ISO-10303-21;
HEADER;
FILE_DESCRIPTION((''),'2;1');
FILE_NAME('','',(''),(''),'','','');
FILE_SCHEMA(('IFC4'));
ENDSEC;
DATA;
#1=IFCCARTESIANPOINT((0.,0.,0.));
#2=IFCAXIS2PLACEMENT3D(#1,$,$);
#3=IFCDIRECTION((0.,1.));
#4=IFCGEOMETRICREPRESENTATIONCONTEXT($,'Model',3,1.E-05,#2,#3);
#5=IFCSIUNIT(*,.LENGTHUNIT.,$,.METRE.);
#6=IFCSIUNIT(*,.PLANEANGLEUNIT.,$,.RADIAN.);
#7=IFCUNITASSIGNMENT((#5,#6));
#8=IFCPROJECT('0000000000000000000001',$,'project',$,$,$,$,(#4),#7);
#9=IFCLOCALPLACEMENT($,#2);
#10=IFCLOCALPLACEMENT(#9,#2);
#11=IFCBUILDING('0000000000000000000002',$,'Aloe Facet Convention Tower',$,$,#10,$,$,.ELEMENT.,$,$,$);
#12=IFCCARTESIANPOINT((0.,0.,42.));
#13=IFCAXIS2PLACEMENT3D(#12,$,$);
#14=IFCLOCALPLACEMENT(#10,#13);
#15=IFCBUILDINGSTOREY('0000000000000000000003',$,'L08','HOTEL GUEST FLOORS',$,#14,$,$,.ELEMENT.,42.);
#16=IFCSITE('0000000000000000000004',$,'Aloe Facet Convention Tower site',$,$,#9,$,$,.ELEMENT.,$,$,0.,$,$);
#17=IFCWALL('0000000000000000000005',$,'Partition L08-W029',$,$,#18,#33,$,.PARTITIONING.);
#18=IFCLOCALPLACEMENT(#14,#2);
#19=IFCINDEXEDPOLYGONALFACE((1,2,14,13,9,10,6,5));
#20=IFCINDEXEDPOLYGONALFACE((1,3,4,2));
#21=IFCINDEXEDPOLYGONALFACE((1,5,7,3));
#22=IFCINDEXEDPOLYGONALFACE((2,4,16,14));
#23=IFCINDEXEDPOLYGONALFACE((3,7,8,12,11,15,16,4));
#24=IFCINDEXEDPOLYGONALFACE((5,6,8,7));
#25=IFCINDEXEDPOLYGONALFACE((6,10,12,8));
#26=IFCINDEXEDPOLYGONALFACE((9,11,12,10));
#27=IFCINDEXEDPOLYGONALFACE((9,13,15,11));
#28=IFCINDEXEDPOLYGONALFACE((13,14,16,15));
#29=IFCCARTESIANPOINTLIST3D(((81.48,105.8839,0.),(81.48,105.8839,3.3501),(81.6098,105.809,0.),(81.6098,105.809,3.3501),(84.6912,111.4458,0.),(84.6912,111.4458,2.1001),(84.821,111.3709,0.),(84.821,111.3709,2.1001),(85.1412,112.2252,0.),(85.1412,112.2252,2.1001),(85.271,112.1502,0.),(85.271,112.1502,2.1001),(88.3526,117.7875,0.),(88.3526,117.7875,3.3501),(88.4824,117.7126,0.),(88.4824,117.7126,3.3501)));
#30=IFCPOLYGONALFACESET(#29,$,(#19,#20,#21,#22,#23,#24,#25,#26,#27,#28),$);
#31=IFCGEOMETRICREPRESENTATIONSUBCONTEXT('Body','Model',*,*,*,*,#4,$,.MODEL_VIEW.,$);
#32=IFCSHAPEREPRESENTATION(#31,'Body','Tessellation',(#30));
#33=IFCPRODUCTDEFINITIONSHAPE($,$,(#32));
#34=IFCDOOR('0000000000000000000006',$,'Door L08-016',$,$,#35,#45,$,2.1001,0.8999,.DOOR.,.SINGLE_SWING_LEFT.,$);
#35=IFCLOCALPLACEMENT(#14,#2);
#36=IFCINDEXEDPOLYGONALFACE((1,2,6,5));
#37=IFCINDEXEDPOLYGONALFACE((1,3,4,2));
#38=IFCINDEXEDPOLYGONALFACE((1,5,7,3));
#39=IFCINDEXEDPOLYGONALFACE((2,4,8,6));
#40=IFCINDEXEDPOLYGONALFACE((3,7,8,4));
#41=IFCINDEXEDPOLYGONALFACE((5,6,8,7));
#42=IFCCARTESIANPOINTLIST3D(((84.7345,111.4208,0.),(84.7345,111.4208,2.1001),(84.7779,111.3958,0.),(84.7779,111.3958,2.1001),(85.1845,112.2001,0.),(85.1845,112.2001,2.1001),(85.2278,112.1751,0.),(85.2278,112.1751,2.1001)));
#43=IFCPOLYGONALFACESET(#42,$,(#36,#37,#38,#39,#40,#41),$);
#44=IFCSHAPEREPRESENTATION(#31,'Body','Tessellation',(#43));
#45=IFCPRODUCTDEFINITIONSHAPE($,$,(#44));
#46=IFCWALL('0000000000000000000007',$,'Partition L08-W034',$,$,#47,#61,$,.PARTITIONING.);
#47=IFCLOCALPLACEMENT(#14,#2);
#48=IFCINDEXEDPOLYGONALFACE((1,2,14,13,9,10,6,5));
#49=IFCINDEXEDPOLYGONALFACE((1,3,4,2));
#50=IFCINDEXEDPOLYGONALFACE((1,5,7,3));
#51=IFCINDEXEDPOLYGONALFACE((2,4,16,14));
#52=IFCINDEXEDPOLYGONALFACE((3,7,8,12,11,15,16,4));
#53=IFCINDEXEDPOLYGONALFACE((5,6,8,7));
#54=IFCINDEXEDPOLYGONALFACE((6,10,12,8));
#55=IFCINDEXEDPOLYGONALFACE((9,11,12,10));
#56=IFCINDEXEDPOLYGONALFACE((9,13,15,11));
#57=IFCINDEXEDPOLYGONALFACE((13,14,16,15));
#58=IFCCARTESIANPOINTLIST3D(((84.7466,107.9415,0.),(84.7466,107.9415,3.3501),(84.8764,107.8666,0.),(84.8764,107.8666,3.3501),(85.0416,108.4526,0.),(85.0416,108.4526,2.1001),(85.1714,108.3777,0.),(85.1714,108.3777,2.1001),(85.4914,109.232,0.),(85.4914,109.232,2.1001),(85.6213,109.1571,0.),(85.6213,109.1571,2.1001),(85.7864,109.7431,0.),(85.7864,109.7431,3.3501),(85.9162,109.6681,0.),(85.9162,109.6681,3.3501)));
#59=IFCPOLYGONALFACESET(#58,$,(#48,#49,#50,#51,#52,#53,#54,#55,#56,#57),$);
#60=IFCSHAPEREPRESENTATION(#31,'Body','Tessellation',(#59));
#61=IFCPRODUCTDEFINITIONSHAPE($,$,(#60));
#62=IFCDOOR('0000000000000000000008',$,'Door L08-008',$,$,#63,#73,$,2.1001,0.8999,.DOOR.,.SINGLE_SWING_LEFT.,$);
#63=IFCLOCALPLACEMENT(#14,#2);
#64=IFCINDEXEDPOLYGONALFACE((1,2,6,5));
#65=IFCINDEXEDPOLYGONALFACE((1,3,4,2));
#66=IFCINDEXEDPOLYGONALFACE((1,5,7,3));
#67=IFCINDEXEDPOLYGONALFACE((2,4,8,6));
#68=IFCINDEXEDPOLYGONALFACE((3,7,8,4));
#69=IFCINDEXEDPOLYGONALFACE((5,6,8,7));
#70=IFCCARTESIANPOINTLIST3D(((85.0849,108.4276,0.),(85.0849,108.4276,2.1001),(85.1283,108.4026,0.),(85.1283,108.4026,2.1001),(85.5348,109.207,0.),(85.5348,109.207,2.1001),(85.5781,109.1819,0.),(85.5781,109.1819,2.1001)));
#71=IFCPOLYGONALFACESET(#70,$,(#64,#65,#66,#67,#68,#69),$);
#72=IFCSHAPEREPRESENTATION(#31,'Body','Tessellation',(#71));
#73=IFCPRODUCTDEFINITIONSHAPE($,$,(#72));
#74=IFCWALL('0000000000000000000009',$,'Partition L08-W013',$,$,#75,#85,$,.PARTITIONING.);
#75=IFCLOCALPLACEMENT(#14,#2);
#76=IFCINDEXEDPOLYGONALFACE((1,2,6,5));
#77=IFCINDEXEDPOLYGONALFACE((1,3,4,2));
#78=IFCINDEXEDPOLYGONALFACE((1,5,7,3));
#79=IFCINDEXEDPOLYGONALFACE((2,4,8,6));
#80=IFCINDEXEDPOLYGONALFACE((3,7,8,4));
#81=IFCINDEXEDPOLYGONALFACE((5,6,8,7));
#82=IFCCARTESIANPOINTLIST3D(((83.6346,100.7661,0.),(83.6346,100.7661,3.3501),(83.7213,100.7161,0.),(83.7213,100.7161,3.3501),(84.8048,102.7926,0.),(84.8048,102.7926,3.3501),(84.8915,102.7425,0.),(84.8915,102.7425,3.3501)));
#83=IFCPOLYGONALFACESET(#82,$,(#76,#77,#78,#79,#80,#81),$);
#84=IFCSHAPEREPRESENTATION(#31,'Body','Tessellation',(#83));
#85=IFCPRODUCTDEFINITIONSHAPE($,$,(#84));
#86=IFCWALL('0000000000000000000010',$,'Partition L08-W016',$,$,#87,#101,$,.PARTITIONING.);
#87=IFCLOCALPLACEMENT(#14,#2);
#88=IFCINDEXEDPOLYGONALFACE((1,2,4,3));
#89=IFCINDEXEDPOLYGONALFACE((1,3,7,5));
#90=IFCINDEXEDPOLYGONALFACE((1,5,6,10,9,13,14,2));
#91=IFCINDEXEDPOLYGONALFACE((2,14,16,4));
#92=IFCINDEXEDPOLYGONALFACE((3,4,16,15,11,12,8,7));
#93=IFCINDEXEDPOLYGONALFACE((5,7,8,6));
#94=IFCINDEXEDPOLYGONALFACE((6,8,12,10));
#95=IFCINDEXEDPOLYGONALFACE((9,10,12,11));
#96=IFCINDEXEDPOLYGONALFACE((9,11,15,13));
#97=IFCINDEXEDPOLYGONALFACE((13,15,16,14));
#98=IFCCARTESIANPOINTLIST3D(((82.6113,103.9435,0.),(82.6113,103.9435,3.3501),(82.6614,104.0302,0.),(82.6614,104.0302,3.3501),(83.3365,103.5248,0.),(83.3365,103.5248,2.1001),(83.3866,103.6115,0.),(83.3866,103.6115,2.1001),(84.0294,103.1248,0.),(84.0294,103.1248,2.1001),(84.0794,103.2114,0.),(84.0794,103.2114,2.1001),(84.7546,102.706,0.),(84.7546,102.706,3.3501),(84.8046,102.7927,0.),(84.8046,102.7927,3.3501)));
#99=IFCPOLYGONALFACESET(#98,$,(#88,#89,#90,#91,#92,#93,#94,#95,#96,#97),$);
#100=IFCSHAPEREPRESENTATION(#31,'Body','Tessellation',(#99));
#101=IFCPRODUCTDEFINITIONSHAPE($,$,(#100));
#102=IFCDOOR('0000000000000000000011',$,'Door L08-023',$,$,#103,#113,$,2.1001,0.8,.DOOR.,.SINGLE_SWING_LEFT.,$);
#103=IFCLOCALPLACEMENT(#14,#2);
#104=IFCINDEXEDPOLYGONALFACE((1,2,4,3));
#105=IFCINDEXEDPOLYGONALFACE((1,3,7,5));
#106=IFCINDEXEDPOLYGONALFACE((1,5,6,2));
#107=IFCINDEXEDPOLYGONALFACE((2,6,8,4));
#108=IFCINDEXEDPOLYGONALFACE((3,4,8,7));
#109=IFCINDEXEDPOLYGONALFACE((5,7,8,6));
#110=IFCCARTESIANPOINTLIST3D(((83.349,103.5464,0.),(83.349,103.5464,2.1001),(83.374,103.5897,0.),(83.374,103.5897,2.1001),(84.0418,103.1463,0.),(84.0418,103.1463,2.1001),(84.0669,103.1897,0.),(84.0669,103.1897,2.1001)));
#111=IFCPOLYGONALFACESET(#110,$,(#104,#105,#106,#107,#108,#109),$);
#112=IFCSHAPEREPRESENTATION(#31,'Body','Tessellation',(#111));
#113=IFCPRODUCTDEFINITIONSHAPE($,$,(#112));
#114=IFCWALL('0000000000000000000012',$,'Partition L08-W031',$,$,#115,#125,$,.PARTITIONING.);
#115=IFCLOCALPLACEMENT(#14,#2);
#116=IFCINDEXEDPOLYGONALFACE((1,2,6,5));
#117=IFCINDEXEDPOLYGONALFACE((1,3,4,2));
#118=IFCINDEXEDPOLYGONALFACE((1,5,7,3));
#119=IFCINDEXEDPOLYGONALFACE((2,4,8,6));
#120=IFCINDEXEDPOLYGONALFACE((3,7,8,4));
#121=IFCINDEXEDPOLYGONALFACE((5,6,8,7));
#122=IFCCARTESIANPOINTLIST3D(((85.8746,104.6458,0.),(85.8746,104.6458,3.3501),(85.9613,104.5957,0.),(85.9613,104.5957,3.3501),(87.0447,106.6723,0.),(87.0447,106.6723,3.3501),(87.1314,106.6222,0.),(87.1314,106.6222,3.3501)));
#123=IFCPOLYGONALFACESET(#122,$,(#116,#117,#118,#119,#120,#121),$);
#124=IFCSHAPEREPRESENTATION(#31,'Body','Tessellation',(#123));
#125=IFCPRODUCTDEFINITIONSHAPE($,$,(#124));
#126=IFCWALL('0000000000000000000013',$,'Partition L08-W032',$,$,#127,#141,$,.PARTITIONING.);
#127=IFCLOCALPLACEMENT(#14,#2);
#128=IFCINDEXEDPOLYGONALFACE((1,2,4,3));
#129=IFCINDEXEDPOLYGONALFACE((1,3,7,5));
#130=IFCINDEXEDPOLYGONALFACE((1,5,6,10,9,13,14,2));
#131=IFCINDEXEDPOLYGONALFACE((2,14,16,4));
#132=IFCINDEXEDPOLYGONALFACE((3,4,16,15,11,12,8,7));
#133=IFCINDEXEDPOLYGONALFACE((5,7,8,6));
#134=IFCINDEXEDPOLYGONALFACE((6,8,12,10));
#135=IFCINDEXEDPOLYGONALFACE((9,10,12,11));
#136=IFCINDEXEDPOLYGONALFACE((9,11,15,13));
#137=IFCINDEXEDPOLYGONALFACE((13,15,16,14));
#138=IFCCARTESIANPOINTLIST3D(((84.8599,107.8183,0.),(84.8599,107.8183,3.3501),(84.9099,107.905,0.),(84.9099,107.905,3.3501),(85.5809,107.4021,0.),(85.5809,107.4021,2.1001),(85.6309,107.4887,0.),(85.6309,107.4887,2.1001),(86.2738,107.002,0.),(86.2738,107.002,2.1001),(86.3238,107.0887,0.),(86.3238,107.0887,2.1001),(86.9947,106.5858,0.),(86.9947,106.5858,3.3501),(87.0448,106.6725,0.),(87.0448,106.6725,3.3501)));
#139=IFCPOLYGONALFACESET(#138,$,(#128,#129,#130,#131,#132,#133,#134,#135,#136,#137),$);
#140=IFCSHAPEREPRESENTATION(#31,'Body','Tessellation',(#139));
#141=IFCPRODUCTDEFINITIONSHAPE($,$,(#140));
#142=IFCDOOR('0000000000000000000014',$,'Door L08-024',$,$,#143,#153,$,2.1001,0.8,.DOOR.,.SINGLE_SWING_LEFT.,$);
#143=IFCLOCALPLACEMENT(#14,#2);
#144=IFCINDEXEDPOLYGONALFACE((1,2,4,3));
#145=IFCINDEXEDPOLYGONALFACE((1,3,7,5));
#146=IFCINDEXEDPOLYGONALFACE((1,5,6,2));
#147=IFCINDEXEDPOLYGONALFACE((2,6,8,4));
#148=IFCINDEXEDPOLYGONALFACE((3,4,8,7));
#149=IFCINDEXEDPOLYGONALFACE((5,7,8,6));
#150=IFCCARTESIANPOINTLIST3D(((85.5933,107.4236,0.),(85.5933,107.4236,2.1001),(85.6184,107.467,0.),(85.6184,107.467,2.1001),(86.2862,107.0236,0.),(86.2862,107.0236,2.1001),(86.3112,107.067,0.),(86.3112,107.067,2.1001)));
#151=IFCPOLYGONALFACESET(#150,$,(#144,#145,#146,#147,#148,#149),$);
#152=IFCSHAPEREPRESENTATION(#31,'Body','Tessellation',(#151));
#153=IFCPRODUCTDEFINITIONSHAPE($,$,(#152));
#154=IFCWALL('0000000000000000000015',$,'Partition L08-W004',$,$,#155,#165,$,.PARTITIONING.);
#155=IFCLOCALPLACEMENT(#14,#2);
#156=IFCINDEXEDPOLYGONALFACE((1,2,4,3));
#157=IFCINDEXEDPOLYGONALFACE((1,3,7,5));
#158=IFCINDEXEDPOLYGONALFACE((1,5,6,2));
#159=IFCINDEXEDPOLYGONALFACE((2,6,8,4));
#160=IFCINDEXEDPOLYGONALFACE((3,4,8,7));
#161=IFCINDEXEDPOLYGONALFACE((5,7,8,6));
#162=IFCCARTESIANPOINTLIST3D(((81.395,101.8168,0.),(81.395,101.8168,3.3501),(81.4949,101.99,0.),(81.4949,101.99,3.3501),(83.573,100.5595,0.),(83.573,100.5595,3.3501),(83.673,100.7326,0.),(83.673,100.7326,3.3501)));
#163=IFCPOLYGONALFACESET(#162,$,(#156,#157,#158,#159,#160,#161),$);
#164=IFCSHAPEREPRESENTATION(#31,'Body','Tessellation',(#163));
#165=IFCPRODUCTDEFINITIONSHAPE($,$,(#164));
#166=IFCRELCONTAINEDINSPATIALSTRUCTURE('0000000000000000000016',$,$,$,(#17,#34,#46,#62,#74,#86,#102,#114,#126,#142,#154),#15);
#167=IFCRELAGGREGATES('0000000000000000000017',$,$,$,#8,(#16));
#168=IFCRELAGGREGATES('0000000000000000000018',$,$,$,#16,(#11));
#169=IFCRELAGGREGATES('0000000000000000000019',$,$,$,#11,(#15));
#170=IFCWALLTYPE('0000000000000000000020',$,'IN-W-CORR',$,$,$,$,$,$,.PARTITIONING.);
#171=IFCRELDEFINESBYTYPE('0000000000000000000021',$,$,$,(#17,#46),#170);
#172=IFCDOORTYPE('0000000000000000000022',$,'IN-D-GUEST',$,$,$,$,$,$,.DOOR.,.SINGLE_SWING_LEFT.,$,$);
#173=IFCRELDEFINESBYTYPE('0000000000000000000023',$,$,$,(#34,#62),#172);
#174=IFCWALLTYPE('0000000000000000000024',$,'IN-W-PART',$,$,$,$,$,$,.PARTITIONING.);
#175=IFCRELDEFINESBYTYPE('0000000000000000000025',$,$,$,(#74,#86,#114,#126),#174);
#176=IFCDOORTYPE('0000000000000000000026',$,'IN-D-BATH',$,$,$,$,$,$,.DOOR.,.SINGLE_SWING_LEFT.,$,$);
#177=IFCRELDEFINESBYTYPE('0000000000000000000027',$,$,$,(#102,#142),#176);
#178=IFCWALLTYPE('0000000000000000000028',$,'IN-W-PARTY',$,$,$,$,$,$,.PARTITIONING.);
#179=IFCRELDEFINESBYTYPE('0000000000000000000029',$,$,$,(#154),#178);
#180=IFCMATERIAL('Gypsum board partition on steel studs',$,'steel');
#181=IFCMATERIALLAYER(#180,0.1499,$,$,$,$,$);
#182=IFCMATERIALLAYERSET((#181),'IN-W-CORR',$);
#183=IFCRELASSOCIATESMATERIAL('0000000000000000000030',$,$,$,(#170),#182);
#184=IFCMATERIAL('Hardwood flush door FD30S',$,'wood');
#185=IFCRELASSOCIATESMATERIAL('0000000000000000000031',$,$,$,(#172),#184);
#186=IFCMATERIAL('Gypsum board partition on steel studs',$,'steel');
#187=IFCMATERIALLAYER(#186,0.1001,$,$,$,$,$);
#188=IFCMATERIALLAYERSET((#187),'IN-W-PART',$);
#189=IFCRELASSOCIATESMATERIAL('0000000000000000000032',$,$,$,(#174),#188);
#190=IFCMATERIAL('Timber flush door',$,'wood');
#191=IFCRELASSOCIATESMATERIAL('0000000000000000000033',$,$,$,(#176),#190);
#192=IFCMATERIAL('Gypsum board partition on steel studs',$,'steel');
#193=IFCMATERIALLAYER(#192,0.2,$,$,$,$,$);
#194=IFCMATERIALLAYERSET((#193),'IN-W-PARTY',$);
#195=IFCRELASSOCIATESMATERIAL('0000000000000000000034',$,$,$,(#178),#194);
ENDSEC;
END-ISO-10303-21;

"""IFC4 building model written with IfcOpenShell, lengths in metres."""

from ifc_helpers import new_model, si_unit, direction, frame, frame_2d, origin, place, context, subcontext, project, spatial, rectangle, extrude, material, layer, layer_set, type_object, element, fill, save


model = new_model("IFC4")

# Units and contexts
model_context = context("Model", 3, precision=1e-05, world=origin(), true_north=direction((0.0, 1.0)))
body_context = subcontext(model_context, "Body", "Model", "MODEL_VIEW")
ifc_project = project(units=[si_unit("LENGTHUNIT", "METRE"), si_unit("PLANEANGLEUNIT", "RADIAN")], contexts=[model_context])

# Site, building, storey
site_placement = place(None, origin())
site = spatial("IfcSite", under=ifc_project, at=site_placement, Name="Aloe Facet Convention Tower site", CompositionType="ELEMENT", RefElevation=0.0)
building_placement = place(site_placement, origin())
building = spatial("IfcBuilding", under=site, at=building_placement, Name="Aloe Facet Convention Tower", CompositionType="ELEMENT")
storey_placement = place(building_placement, frame((0.0, 0.0, 42.0)))
storey = spatial("IfcBuildingStorey", under=building, at=storey_placement, Name="L08", Description="HOTEL GUEST FLOORS", CompositionType="ELEMENT", Elevation=42.0)

# Shared definitions
ifc_material_1 = material(Name="Gypsum board partition on steel studs", Category="steel")
ifc_layer_1 = layer(ifc_material_1, 0.1499)
ifc_layer_set_1 = layer_set([ifc_layer_1], Name="IN-W-CORR")
wall_type_1 = type_object("IfcWallType", Name="IN-W-CORR", PredefinedType="PARTITIONING", material=ifc_layer_set_1)
ifc_material_2 = material(Name="Hardwood flush door FD30S", Category="wood")
door_type_1 = type_object("IfcDoorType", Name="IN-D-GUEST", OperationType="SINGLE_SWING_LEFT", PredefinedType="DOOR", material=ifc_material_2)

# Walls, openings, doors
wall_1_placement = place(storey_placement, frame((81.5449, 105.8464, 0.0), z_axis=(0.0, 0.0, 1.0), x_axis=(0.500002, 0.866024, 0.0)))
wall_1 = element("IfcWall", 1, at=wall_1_placement, inside=storey, type_object=wall_type_1, Name="Partition L08-W029", PredefinedType="PARTITIONING", context=body_context, shape_type="SweptSolid", body=[
    extrude(rectangle(XDim=13.7451, YDim=0.1499, at=frame_2d((6.8726, 0.0))), origin(), (0.0, 0.0, 1.0), 3.3501),
])
opening_1_placement = place(wall_1_placement, frame((6.4224, 0.0, 0.0)))
opening_1 = element("IfcOpeningElement", 2, at=opening_1_placement, cuts=wall_1, PredefinedType="OPENING", context=body_context, shape_type="SweptSolid", body=[
    extrude(rectangle(XDim=0.8999, YDim=2.1001, at=frame_2d((0.45, 1.05))), frame((0.0, 0.085, 0.0), z_axis=(0.0, -1.0, 0.0), x_axis=(1.0, 0.0, 0.0)), (0.0, 0.0, 1.0), 0.1699),
])
door_1_placement = place(opening_1_placement, origin())
door_1 = element("IfcDoor", 3, at=door_1_placement, inside=storey, type_object=door_type_1, Name="Door L08-016", OperationType="SINGLE_SWING_LEFT", OverallHeight=2.1001, OverallWidth=0.8999, PredefinedType="DOOR", context=body_context, shape_type="SweptSolid", body=[
    extrude(rectangle(XDim=0.8999, YDim=2.1001, at=frame_2d((0.45, 1.05))), frame((0.0, 0.0249, 0.0), z_axis=(0.0, -1.0, 0.0), x_axis=(1.0, 0.0, 0.0)), (0.0, 0.0, 1.0), 0.05),
])
fill(opening_1, door_1)
wall_2_placement = place(storey_placement, frame((84.8115, 107.9041, 0.0), z_axis=(0.0, 0.0, 1.0), x_axis=(0.499888, 0.86609, 0.0)))
wall_2 = element("IfcWall", 4, at=wall_2_placement, inside=storey, type_object=wall_type_1, Name="Partition L08-W034", PredefinedType="PARTITIONING", context=body_context, shape_type="SweptSolid", body=[
    extrude(rectangle(XDim=2.0801, YDim=0.1499, at=frame_2d((1.04, 0.0))), origin(), (0.0, 0.0, 1.0), 3.3501),
])
opening_2_placement = place(wall_2_placement, frame((0.5901, 0.0, 0.0)))
opening_2 = element("IfcOpeningElement", 5, at=opening_2_placement, cuts=wall_2, PredefinedType="OPENING", context=body_context, shape_type="SweptSolid", body=[
    extrude(rectangle(XDim=0.8999, YDim=2.1001, at=frame_2d((0.45, 1.05))), frame((0.0, 0.085, 0.0), z_axis=(0.0, -1.0, 0.0), x_axis=(1.0, 0.0, 0.0)), (0.0, 0.0, 1.0), 0.1699),
])
door_2_placement = place(opening_2_placement, origin())
door_2 = element("IfcDoor", 6, at=door_2_placement, inside=storey, type_object=door_type_1, Name="Door L08-008", OperationType="SINGLE_SWING_LEFT", OverallHeight=2.1001, OverallWidth=0.8999, PredefinedType="DOOR", context=body_context, shape_type="SweptSolid", body=[
    extrude(rectangle(XDim=0.8999, YDim=2.1001, at=frame_2d((0.45, 1.05))), frame((0.0, 0.0249, 0.0), z_axis=(0.0, -1.0, 0.0), x_axis=(1.0, 0.0, 0.0)), (0.0, 0.0, 1.0), 0.05),
])
fill(opening_2, door_2)

# Wall
ifc_material_3 = material(Name="Gypsum board partition on steel studs", Category="steel")
ifc_layer_2 = layer(ifc_material_3, 0.1001)
ifc_layer_set_2 = layer_set([ifc_layer_2], Name="IN-W-PART")
wall_type_2 = type_object("IfcWallType", Name="IN-W-PART", PredefinedType="PARTITIONING", material=ifc_layer_set_2)
wall_3_placement = place(storey_placement, frame((83.678, 100.7412, 0.0), z_axis=(0.0, 0.0, 1.0), x_axis=(0.500078, 0.865981, 0.0)))
element("IfcWall", 7, at=wall_3_placement, inside=storey, type_object=wall_type_2, Name="Partition L08-W013", PredefinedType="PARTITIONING", context=body_context, shape_type="SweptSolid", body=[
    extrude(rectangle(XDim=2.3401, YDim=0.1001, at=frame_2d((1.1699, 0.0))), origin(), (0.0, 0.0, 1.0), 3.3501),
])

# Wall, opening, door
wall_4_placement = place(storey_placement, frame((82.6365, 103.9868, 0.0), z_axis=(0.0, 0.0, 1.0), x_axis=(0.866007, -0.500033, 0.0)))
wall_4 = element("IfcWall", 8, at=wall_4_placement, inside=storey, type_object=wall_type_2, Name="Partition L08-W016", PredefinedType="PARTITIONING", context=body_context, shape_type="SweptSolid", body=[
    extrude(rectangle(XDim=2.4749, YDim=0.1001, at=frame_2d((1.2373, 0.0))), origin(), (0.0, 0.0, 1.0), 3.3501),
])
opening_3_placement = place(wall_4_placement, frame((0.8374, 0.0, 0.0)))
opening_3 = element("IfcOpeningElement", 9, at=opening_3_placement, cuts=wall_4, PredefinedType="OPENING", context=body_context, shape_type="SweptSolid", body=[
    extrude(rectangle(XDim=0.8, YDim=2.1001, at=frame_2d((0.3999, 1.05))), frame((0.0, 0.0601, 0.0), z_axis=(0.0, -1.0, 0.0), x_axis=(1.0, 0.0, 0.0)), (0.0, 0.0, 1.0), 0.1201),
])
ifc_material_4 = material(Name="Timber flush door", Category="wood")
door_type_2 = type_object("IfcDoorType", Name="IN-D-BATH", OperationType="SINGLE_SWING_LEFT", PredefinedType="DOOR", material=ifc_material_4)
door_3_placement = place(opening_3_placement, origin())
door_3 = element("IfcDoor", 10, at=door_3_placement, inside=storey, type_object=door_type_2, Name="Door L08-023", OperationType="SINGLE_SWING_LEFT", OverallHeight=2.1001, OverallWidth=0.8, PredefinedType="DOOR", context=body_context, shape_type="SweptSolid", body=[
    extrude(rectangle(XDim=0.8, YDim=2.1001, at=frame_2d((0.3999, 1.05))), frame((0.0, 0.0249, 0.0), z_axis=(0.0, -1.0, 0.0), x_axis=(1.0, 0.0, 0.0)), (0.0, 0.0, 1.0), 0.05),
])
fill(opening_3, door_3)

# Wall
wall_5_placement = place(storey_placement, frame((85.918, 104.6208, 0.0), z_axis=(0.0, 0.0, 1.0), x_axis=(0.500033, 0.866007, 0.0)))
element("IfcWall", 11, at=wall_5_placement, inside=storey, type_object=wall_type_2, Name="Partition L08-W031", PredefinedType="PARTITIONING", context=body_context, shape_type="SweptSolid", body=[
    extrude(rectangle(XDim=2.3401, YDim=0.1001, at=frame_2d((1.1699, 0.0))), origin(), (0.0, 0.0, 1.0), 3.3501),
])

# Wall, opening, door
wall_6_placement = place(storey_placement, frame((84.885, 107.8616, 0.0), z_axis=(0.0, 0.0, 1.0), x_axis=(0.86604, -0.499974, 0.0)))
wall_6 = element("IfcWall", 12, at=wall_6_placement, inside=storey, type_object=wall_type_2, Name="Partition L08-W032", PredefinedType="PARTITIONING", context=body_context, shape_type="SweptSolid", body=[
    extrude(rectangle(XDim=2.4651, YDim=0.1001, at=frame_2d((1.2324, 0.0))), origin(), (0.0, 0.0, 1.0), 3.3501),
])
opening_4_placement = place(wall_6_placement, frame((0.8325, 0.0, 0.0)))
opening_4 = element("IfcOpeningElement", 13, at=opening_4_placement, cuts=wall_6, PredefinedType="OPENING", context=body_context, shape_type="SweptSolid", body=[
    extrude(rectangle(XDim=0.8, YDim=2.1001, at=frame_2d((0.3999, 1.05))), frame((0.0, 0.0601, 0.0), z_axis=(0.0, -1.0, 0.0), x_axis=(1.0, 0.0, 0.0)), (0.0, 0.0, 1.0), 0.1201),
])
door_4_placement = place(opening_4_placement, origin())
door_4 = element("IfcDoor", 14, at=door_4_placement, inside=storey, type_object=door_type_2, Name="Door L08-024", OperationType="SINGLE_SWING_LEFT", OverallHeight=2.1001, OverallWidth=0.8, PredefinedType="DOOR", context=body_context, shape_type="SweptSolid", body=[
    extrude(rectangle(XDim=0.8, YDim=2.1001, at=frame_2d((0.3999, 1.05))), frame((0.0, 0.0249, 0.0), z_axis=(0.0, -1.0, 0.0), x_axis=(1.0, 0.0, 0.0)), (0.0, 0.0, 1.0), 0.05),
])
fill(opening_4, door_4)

# Wall
ifc_material_5 = material(Name="Gypsum board partition on steel studs", Category="steel")
ifc_layer_3 = layer(ifc_material_5, 0.2)
ifc_layer_set_3 = layer_set([ifc_layer_3], Name="IN-W-PARTY")
wall_type_3 = type_object("IfcWallType", Name="IN-W-PARTY", PredefinedType="PARTITIONING", material=ifc_layer_set_3)
wall_7_placement = place(storey_placement, frame((81.4451, 101.9033, 0.0), z_axis=(0.0, 0.0, 1.0), x_axis=(0.866048, -0.499961, 0.0)))
element("IfcWall", 15, at=wall_7_placement, inside=storey, type_object=wall_type_3, Name="Partition L08-W004", PredefinedType="PARTITIONING", context=body_context, shape_type="SweptSolid", body=[
    extrude(rectangle(XDim=2.5149, YDim=0.2, at=frame_2d((1.2573, 0.0))), origin(), (0.0, 0.0, 1.0), 3.3501),
])

save(model, "model.ifc")
